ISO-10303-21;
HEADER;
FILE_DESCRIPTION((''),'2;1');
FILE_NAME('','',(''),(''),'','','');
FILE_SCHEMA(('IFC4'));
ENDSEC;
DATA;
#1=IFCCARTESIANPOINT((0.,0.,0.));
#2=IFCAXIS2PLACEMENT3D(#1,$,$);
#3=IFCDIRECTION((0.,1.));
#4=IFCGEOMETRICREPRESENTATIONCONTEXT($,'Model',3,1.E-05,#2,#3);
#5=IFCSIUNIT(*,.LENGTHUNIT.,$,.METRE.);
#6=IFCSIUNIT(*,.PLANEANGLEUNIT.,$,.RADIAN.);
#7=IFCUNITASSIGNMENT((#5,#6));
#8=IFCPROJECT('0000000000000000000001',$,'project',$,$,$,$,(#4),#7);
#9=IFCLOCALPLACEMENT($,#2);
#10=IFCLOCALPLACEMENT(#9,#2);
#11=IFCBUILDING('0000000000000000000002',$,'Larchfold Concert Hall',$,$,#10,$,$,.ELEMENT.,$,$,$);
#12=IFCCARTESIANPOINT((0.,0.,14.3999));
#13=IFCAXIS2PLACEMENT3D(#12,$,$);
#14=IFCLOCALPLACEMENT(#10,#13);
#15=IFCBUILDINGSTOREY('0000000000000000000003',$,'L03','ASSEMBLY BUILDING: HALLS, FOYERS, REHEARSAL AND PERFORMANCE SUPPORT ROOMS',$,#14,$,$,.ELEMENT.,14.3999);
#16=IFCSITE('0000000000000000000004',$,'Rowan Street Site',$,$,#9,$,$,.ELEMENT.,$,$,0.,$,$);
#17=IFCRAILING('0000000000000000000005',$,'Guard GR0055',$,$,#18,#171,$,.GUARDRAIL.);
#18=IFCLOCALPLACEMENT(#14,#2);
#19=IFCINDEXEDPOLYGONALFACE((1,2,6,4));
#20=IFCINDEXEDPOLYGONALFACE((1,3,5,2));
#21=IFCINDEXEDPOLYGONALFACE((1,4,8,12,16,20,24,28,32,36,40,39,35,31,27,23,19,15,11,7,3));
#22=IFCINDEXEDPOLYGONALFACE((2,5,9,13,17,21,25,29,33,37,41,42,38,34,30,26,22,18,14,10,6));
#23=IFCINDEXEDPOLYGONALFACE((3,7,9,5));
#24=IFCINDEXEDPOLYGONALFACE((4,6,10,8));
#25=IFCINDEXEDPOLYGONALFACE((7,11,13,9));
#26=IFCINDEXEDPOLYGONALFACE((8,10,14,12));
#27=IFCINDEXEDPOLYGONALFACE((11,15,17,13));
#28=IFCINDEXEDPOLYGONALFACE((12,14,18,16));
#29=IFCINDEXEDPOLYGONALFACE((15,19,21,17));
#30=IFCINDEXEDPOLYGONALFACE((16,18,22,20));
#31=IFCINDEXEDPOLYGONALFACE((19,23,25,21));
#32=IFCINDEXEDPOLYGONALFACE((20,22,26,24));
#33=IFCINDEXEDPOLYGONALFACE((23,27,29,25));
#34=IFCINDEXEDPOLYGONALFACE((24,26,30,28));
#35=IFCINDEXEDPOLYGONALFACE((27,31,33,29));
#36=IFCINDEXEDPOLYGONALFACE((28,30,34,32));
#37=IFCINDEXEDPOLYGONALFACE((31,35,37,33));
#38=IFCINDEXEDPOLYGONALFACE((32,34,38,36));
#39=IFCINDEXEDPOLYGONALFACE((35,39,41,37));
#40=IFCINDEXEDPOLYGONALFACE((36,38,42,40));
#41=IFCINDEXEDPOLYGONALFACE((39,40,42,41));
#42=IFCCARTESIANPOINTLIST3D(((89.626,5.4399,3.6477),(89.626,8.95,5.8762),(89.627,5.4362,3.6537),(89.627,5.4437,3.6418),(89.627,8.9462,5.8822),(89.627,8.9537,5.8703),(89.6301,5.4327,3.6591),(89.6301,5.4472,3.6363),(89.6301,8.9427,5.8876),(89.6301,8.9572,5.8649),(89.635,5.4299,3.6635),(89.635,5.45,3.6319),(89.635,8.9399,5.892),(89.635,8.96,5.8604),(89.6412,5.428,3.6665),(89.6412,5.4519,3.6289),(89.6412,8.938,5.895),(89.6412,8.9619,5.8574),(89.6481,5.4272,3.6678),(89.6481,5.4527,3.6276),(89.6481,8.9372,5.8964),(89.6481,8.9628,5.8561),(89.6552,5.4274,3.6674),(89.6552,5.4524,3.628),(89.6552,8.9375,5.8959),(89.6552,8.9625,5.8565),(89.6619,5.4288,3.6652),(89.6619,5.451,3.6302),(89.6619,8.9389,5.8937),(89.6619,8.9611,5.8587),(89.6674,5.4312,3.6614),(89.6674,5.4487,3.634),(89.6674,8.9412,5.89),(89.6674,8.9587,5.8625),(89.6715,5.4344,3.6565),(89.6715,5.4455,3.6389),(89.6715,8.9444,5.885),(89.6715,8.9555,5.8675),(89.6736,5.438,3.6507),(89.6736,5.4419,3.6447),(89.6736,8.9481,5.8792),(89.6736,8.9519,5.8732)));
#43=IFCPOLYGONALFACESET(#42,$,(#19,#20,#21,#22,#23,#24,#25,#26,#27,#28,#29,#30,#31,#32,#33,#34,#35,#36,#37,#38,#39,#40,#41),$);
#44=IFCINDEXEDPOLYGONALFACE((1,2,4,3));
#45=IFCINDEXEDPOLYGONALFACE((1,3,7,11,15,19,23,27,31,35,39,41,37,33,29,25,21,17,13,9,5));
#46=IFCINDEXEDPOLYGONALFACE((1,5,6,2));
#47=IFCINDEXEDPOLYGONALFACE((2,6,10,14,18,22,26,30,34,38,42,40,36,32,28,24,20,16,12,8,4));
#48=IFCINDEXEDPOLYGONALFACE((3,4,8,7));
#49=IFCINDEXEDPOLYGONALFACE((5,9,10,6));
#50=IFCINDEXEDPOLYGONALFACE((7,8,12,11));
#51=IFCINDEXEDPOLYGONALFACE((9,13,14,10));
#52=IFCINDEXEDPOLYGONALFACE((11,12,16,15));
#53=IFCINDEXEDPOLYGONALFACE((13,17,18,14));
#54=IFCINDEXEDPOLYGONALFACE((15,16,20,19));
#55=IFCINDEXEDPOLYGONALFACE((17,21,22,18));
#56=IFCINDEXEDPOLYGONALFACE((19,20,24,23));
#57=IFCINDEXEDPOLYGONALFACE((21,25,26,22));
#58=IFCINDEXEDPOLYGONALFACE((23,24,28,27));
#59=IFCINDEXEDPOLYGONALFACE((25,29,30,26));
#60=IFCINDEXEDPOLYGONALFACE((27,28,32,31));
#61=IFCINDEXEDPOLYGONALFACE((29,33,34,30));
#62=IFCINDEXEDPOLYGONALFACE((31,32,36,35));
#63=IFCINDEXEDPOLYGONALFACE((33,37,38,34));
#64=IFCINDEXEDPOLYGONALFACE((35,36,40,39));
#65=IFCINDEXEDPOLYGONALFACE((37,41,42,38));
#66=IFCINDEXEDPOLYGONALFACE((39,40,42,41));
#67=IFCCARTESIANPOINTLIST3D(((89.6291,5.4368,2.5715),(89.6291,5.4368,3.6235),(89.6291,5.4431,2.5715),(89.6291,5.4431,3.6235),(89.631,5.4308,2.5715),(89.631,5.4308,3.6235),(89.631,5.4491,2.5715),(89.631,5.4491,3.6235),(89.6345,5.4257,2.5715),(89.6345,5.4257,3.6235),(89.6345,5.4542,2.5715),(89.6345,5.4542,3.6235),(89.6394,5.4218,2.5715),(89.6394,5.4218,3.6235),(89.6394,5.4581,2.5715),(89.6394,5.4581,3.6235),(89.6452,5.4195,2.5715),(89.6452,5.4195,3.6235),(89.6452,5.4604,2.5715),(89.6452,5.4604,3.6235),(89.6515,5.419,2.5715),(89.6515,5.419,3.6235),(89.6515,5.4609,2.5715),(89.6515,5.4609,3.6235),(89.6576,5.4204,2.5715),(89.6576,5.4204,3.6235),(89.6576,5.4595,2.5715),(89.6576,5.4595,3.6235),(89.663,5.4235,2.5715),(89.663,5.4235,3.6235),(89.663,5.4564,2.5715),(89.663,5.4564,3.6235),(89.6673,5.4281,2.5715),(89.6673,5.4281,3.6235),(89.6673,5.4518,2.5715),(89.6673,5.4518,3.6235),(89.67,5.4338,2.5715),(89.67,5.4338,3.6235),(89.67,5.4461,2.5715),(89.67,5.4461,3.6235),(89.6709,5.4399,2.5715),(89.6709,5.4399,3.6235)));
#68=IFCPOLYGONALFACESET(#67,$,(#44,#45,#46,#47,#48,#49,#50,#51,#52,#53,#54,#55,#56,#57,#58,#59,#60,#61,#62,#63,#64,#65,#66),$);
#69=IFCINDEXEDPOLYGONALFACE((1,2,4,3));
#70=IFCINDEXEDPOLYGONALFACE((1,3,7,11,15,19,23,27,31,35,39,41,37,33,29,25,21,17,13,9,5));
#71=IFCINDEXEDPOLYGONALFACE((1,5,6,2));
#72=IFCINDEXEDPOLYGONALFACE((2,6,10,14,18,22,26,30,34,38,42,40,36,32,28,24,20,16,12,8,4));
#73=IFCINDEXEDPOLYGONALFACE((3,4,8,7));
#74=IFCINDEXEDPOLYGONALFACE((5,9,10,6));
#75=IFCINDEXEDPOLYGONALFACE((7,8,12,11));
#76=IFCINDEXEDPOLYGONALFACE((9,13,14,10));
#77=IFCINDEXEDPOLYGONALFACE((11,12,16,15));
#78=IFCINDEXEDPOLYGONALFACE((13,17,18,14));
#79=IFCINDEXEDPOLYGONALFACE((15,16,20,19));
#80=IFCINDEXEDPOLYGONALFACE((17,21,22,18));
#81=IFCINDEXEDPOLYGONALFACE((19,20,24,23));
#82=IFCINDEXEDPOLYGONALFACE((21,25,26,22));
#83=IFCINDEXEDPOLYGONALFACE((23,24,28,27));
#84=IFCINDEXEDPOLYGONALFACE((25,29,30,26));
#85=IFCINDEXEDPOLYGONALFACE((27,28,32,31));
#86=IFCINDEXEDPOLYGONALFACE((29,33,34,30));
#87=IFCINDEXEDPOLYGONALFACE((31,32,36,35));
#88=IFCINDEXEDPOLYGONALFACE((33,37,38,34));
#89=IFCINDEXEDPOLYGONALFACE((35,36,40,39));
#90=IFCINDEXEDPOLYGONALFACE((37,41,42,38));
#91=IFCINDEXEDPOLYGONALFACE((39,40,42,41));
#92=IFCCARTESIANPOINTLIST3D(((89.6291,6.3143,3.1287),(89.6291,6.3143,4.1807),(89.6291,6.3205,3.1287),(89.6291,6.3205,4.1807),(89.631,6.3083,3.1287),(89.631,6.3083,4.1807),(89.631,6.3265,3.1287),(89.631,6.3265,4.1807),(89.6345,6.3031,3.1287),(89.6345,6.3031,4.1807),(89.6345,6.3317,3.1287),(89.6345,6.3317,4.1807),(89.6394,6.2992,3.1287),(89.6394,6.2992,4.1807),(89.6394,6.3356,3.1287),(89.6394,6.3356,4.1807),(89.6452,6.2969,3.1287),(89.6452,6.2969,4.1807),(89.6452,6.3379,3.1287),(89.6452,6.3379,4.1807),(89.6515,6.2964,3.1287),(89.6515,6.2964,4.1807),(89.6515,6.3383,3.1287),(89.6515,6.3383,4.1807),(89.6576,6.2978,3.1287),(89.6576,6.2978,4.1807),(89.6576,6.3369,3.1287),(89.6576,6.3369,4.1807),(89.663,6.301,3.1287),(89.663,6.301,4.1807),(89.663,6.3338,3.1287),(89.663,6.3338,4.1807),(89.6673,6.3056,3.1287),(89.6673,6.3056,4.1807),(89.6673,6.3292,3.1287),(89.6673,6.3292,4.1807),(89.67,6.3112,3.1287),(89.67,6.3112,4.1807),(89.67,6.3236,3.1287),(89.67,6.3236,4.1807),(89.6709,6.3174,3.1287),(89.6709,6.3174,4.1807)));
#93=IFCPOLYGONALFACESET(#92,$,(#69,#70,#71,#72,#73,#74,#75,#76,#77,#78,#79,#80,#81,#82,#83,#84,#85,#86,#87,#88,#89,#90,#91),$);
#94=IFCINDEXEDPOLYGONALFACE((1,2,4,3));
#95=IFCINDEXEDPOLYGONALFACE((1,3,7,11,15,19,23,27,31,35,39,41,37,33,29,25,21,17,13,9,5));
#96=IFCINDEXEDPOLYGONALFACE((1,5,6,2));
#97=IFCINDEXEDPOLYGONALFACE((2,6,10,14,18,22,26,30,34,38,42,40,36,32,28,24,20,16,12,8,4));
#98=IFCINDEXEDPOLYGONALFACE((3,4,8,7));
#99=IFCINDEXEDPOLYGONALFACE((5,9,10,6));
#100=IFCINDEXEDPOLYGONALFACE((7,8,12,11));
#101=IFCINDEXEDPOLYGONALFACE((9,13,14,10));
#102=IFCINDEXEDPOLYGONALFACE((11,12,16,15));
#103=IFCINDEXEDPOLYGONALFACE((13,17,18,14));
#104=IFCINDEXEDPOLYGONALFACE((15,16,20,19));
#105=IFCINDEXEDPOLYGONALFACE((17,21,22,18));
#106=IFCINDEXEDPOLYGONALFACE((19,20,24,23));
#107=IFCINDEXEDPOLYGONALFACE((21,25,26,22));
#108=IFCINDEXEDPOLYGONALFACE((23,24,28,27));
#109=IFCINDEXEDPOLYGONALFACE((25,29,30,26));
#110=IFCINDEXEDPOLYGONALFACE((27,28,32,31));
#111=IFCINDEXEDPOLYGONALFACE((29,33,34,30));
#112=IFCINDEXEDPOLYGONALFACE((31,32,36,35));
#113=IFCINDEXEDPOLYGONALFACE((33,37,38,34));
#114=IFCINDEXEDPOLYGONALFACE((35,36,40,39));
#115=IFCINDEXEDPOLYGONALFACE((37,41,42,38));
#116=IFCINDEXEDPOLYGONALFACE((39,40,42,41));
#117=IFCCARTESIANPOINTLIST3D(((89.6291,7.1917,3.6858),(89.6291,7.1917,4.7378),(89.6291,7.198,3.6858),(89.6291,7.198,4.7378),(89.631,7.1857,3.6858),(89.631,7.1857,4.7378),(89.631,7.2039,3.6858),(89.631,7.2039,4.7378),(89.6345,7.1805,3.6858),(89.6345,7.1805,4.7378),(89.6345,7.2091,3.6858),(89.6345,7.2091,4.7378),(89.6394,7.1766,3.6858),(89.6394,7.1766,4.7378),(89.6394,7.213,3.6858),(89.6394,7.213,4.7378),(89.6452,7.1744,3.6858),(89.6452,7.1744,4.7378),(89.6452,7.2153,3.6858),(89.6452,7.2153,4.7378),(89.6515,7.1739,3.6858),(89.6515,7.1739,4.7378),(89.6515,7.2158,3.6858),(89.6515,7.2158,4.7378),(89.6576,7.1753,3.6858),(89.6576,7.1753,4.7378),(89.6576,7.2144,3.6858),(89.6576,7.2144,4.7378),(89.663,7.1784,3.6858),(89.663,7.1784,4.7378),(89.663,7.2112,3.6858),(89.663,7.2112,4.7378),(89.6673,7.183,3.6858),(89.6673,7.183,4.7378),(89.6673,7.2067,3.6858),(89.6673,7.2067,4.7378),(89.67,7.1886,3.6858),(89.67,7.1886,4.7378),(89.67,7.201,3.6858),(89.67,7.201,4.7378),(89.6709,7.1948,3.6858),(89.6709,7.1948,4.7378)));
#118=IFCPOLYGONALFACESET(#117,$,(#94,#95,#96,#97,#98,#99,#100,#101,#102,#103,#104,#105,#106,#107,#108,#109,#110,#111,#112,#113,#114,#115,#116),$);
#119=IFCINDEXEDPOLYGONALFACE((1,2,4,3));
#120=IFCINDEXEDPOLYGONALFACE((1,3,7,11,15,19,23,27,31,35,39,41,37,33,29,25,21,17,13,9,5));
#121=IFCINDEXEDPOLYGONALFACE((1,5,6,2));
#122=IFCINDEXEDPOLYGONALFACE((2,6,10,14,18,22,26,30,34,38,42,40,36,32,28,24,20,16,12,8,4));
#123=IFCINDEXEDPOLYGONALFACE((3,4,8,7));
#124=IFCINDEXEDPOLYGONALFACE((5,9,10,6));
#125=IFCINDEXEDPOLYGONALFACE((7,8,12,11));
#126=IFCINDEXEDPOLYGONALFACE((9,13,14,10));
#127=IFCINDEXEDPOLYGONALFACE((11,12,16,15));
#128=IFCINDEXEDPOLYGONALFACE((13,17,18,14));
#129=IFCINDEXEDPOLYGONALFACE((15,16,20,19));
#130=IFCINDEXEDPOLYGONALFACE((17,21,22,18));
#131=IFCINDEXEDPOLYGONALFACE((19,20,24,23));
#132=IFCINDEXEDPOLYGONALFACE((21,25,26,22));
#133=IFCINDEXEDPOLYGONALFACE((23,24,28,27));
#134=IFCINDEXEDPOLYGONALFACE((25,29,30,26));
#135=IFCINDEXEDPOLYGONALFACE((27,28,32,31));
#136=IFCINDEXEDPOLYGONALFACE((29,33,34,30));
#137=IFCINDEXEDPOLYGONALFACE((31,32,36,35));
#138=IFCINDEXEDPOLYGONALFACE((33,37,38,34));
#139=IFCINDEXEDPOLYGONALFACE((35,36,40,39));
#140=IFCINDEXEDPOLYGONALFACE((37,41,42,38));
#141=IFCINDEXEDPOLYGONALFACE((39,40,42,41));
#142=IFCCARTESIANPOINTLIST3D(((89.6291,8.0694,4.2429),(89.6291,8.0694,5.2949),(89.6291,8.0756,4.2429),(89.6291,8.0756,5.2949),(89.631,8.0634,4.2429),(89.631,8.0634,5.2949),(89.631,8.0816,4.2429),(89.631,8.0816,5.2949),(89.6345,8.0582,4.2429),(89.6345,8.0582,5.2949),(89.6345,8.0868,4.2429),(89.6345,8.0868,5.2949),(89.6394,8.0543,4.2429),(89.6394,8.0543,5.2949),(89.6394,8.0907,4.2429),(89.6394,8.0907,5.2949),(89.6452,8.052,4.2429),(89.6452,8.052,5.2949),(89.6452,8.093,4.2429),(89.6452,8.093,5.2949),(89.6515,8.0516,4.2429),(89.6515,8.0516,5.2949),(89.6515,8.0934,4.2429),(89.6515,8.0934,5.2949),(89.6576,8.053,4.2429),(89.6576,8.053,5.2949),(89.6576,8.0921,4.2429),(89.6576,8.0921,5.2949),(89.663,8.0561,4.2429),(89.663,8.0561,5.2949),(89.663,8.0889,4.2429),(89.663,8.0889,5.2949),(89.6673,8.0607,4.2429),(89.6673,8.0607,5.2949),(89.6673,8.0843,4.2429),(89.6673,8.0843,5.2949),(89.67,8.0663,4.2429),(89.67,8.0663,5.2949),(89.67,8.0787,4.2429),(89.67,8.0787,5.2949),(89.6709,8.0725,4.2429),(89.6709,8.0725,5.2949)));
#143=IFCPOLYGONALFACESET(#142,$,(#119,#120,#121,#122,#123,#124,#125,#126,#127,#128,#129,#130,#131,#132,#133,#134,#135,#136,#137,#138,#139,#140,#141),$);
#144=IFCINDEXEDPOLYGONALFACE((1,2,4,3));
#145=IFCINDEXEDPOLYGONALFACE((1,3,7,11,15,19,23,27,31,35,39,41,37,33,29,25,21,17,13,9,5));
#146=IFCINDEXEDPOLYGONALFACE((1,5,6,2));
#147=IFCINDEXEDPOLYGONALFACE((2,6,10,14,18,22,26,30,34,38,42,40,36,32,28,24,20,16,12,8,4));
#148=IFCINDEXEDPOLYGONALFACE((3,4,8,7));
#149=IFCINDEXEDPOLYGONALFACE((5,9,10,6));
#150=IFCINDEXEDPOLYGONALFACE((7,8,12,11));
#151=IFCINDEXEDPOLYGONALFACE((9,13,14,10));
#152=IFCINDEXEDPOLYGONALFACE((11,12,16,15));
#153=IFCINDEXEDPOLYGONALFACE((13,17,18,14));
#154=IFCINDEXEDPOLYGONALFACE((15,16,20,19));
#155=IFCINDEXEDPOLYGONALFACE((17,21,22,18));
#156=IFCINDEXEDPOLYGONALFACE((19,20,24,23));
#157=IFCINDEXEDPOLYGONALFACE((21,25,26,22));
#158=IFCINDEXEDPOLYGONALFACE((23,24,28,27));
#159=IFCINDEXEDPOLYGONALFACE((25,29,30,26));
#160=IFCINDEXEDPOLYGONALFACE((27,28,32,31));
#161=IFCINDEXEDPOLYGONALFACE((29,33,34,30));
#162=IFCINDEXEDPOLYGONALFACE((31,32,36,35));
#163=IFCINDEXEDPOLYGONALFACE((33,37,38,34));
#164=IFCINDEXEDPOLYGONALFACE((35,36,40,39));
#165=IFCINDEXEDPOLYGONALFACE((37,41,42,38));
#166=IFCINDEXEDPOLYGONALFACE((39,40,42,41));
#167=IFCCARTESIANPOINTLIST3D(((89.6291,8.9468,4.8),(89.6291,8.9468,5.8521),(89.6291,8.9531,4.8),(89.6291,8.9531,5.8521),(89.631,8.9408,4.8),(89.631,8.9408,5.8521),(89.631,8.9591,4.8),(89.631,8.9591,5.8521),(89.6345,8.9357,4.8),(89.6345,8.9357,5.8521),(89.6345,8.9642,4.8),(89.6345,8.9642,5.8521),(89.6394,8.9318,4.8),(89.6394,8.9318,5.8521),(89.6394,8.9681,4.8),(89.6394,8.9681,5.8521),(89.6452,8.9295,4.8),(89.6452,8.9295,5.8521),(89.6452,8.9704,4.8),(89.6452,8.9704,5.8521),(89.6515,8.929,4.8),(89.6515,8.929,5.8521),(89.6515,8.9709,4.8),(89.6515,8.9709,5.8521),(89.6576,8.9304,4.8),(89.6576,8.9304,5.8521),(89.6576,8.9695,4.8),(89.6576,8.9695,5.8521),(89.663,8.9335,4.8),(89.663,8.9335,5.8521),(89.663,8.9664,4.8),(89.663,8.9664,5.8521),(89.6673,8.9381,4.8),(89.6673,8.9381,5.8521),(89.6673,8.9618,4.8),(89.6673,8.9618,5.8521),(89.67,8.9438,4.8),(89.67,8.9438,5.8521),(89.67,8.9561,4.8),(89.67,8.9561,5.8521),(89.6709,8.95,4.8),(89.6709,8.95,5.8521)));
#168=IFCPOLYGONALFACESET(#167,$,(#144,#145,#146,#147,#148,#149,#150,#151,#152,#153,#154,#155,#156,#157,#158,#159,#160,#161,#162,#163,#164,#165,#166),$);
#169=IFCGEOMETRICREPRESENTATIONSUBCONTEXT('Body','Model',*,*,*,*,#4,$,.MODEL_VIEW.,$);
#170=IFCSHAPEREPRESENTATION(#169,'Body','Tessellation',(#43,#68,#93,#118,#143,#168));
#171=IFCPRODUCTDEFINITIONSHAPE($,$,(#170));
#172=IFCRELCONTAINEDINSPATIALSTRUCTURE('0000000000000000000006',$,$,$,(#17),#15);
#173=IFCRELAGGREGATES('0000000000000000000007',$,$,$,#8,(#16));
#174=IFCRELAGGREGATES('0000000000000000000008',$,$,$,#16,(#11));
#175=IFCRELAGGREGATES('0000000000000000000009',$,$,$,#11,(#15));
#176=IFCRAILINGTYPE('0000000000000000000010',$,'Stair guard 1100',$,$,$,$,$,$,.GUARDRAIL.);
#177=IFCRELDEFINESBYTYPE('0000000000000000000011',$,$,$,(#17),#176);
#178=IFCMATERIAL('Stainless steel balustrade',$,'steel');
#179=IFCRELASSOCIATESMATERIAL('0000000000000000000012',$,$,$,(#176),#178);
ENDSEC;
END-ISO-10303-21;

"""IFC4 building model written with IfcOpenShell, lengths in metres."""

from ifc_helpers import new_model, si_unit, direction, frame, origin, origin_2d, place, context, subcontext, project, spatial, circle, extrude, material, type_object, element, save


model = new_model("IFC4")

# Units and contexts
model_context = context("Model", 3, precision=1e-05, world=origin(), true_north=direction((0.0, 1.0)))
body_context = subcontext(model_context, "Body", "Model", "MODEL_VIEW")
ifc_project = project(units=[si_unit("LENGTHUNIT", "METRE"), si_unit("PLANEANGLEUNIT", "RADIAN")], contexts=[model_context])

# Site, building, storey
site_placement = place(None, origin())
site = spatial("IfcSite", under=ifc_project, at=site_placement, Name="Rowan Street Site", CompositionType="ELEMENT", RefElevation=0.0)
building_placement = place(site_placement, origin())
building = spatial("IfcBuilding", under=site, at=building_placement, Name="Larchfold Concert Hall", CompositionType="ELEMENT")
storey_placement = place(building_placement, frame((0.0, 0.0, 14.3999)))
storey = spatial("IfcBuildingStorey", under=building, at=storey_placement, Name="L03", Description="ASSEMBLY BUILDING: HALLS, FOYERS, REHEARSAL AND PERFORMANCE SUPPORT ROOMS", CompositionType="ELEMENT", Elevation=14.3999)

# Railing
ifc_material_1 = material(Name="Stainless steel balustrade", Category="steel")
railing_type_1 = type_object("IfcRailingType", Name="Stair guard 1100", PredefinedType="GUARDRAIL", material=ifc_material_1)
railing_1_placement = place(storey_placement, frame((89.6499, 5.4399, 2.5715)))
element("IfcRailing", 1, at=railing_1_placement, inside=storey, type_object=railing_type_1, Name="Guard GR0055", PredefinedType="GUARDRAIL", context=body_context, shape_type="SweptSolid", body=[
    extrude(circle(Radius=0.0239, at=origin_2d()), frame((0.0, 0.0, 1.0762), z_axis=(0.0, 0.84422, 0.535998), x_axis=(-1.0, 0.0, 0.0)), (0.0, 0.0, 1.0), 4.1577),
    extrude(circle(Radius=0.021, at=origin_2d()), origin(), (0.0, 0.0, 1.0), 1.052),
    extrude(circle(Radius=0.021, at=origin_2d()), frame((0.0, 0.8774, 0.5571)), (0.0, 0.0, 1.0), 1.052),
    extrude(circle(Radius=0.021, at=origin_2d()), frame((0.0, 1.7549, 1.1143)), (0.0, 0.0, 1.0), 1.052),
    extrude(circle(Radius=0.021, at=origin_2d()), frame((0.0, 2.6326, 1.6714)), (0.0, 0.0, 1.0), 1.052),
    extrude(circle(Radius=0.021, at=origin_2d()), frame((0.0, 3.51, 2.2285)), (0.0, 0.0, 1.0), 1.052),
])

save(model, "model.ifc")
